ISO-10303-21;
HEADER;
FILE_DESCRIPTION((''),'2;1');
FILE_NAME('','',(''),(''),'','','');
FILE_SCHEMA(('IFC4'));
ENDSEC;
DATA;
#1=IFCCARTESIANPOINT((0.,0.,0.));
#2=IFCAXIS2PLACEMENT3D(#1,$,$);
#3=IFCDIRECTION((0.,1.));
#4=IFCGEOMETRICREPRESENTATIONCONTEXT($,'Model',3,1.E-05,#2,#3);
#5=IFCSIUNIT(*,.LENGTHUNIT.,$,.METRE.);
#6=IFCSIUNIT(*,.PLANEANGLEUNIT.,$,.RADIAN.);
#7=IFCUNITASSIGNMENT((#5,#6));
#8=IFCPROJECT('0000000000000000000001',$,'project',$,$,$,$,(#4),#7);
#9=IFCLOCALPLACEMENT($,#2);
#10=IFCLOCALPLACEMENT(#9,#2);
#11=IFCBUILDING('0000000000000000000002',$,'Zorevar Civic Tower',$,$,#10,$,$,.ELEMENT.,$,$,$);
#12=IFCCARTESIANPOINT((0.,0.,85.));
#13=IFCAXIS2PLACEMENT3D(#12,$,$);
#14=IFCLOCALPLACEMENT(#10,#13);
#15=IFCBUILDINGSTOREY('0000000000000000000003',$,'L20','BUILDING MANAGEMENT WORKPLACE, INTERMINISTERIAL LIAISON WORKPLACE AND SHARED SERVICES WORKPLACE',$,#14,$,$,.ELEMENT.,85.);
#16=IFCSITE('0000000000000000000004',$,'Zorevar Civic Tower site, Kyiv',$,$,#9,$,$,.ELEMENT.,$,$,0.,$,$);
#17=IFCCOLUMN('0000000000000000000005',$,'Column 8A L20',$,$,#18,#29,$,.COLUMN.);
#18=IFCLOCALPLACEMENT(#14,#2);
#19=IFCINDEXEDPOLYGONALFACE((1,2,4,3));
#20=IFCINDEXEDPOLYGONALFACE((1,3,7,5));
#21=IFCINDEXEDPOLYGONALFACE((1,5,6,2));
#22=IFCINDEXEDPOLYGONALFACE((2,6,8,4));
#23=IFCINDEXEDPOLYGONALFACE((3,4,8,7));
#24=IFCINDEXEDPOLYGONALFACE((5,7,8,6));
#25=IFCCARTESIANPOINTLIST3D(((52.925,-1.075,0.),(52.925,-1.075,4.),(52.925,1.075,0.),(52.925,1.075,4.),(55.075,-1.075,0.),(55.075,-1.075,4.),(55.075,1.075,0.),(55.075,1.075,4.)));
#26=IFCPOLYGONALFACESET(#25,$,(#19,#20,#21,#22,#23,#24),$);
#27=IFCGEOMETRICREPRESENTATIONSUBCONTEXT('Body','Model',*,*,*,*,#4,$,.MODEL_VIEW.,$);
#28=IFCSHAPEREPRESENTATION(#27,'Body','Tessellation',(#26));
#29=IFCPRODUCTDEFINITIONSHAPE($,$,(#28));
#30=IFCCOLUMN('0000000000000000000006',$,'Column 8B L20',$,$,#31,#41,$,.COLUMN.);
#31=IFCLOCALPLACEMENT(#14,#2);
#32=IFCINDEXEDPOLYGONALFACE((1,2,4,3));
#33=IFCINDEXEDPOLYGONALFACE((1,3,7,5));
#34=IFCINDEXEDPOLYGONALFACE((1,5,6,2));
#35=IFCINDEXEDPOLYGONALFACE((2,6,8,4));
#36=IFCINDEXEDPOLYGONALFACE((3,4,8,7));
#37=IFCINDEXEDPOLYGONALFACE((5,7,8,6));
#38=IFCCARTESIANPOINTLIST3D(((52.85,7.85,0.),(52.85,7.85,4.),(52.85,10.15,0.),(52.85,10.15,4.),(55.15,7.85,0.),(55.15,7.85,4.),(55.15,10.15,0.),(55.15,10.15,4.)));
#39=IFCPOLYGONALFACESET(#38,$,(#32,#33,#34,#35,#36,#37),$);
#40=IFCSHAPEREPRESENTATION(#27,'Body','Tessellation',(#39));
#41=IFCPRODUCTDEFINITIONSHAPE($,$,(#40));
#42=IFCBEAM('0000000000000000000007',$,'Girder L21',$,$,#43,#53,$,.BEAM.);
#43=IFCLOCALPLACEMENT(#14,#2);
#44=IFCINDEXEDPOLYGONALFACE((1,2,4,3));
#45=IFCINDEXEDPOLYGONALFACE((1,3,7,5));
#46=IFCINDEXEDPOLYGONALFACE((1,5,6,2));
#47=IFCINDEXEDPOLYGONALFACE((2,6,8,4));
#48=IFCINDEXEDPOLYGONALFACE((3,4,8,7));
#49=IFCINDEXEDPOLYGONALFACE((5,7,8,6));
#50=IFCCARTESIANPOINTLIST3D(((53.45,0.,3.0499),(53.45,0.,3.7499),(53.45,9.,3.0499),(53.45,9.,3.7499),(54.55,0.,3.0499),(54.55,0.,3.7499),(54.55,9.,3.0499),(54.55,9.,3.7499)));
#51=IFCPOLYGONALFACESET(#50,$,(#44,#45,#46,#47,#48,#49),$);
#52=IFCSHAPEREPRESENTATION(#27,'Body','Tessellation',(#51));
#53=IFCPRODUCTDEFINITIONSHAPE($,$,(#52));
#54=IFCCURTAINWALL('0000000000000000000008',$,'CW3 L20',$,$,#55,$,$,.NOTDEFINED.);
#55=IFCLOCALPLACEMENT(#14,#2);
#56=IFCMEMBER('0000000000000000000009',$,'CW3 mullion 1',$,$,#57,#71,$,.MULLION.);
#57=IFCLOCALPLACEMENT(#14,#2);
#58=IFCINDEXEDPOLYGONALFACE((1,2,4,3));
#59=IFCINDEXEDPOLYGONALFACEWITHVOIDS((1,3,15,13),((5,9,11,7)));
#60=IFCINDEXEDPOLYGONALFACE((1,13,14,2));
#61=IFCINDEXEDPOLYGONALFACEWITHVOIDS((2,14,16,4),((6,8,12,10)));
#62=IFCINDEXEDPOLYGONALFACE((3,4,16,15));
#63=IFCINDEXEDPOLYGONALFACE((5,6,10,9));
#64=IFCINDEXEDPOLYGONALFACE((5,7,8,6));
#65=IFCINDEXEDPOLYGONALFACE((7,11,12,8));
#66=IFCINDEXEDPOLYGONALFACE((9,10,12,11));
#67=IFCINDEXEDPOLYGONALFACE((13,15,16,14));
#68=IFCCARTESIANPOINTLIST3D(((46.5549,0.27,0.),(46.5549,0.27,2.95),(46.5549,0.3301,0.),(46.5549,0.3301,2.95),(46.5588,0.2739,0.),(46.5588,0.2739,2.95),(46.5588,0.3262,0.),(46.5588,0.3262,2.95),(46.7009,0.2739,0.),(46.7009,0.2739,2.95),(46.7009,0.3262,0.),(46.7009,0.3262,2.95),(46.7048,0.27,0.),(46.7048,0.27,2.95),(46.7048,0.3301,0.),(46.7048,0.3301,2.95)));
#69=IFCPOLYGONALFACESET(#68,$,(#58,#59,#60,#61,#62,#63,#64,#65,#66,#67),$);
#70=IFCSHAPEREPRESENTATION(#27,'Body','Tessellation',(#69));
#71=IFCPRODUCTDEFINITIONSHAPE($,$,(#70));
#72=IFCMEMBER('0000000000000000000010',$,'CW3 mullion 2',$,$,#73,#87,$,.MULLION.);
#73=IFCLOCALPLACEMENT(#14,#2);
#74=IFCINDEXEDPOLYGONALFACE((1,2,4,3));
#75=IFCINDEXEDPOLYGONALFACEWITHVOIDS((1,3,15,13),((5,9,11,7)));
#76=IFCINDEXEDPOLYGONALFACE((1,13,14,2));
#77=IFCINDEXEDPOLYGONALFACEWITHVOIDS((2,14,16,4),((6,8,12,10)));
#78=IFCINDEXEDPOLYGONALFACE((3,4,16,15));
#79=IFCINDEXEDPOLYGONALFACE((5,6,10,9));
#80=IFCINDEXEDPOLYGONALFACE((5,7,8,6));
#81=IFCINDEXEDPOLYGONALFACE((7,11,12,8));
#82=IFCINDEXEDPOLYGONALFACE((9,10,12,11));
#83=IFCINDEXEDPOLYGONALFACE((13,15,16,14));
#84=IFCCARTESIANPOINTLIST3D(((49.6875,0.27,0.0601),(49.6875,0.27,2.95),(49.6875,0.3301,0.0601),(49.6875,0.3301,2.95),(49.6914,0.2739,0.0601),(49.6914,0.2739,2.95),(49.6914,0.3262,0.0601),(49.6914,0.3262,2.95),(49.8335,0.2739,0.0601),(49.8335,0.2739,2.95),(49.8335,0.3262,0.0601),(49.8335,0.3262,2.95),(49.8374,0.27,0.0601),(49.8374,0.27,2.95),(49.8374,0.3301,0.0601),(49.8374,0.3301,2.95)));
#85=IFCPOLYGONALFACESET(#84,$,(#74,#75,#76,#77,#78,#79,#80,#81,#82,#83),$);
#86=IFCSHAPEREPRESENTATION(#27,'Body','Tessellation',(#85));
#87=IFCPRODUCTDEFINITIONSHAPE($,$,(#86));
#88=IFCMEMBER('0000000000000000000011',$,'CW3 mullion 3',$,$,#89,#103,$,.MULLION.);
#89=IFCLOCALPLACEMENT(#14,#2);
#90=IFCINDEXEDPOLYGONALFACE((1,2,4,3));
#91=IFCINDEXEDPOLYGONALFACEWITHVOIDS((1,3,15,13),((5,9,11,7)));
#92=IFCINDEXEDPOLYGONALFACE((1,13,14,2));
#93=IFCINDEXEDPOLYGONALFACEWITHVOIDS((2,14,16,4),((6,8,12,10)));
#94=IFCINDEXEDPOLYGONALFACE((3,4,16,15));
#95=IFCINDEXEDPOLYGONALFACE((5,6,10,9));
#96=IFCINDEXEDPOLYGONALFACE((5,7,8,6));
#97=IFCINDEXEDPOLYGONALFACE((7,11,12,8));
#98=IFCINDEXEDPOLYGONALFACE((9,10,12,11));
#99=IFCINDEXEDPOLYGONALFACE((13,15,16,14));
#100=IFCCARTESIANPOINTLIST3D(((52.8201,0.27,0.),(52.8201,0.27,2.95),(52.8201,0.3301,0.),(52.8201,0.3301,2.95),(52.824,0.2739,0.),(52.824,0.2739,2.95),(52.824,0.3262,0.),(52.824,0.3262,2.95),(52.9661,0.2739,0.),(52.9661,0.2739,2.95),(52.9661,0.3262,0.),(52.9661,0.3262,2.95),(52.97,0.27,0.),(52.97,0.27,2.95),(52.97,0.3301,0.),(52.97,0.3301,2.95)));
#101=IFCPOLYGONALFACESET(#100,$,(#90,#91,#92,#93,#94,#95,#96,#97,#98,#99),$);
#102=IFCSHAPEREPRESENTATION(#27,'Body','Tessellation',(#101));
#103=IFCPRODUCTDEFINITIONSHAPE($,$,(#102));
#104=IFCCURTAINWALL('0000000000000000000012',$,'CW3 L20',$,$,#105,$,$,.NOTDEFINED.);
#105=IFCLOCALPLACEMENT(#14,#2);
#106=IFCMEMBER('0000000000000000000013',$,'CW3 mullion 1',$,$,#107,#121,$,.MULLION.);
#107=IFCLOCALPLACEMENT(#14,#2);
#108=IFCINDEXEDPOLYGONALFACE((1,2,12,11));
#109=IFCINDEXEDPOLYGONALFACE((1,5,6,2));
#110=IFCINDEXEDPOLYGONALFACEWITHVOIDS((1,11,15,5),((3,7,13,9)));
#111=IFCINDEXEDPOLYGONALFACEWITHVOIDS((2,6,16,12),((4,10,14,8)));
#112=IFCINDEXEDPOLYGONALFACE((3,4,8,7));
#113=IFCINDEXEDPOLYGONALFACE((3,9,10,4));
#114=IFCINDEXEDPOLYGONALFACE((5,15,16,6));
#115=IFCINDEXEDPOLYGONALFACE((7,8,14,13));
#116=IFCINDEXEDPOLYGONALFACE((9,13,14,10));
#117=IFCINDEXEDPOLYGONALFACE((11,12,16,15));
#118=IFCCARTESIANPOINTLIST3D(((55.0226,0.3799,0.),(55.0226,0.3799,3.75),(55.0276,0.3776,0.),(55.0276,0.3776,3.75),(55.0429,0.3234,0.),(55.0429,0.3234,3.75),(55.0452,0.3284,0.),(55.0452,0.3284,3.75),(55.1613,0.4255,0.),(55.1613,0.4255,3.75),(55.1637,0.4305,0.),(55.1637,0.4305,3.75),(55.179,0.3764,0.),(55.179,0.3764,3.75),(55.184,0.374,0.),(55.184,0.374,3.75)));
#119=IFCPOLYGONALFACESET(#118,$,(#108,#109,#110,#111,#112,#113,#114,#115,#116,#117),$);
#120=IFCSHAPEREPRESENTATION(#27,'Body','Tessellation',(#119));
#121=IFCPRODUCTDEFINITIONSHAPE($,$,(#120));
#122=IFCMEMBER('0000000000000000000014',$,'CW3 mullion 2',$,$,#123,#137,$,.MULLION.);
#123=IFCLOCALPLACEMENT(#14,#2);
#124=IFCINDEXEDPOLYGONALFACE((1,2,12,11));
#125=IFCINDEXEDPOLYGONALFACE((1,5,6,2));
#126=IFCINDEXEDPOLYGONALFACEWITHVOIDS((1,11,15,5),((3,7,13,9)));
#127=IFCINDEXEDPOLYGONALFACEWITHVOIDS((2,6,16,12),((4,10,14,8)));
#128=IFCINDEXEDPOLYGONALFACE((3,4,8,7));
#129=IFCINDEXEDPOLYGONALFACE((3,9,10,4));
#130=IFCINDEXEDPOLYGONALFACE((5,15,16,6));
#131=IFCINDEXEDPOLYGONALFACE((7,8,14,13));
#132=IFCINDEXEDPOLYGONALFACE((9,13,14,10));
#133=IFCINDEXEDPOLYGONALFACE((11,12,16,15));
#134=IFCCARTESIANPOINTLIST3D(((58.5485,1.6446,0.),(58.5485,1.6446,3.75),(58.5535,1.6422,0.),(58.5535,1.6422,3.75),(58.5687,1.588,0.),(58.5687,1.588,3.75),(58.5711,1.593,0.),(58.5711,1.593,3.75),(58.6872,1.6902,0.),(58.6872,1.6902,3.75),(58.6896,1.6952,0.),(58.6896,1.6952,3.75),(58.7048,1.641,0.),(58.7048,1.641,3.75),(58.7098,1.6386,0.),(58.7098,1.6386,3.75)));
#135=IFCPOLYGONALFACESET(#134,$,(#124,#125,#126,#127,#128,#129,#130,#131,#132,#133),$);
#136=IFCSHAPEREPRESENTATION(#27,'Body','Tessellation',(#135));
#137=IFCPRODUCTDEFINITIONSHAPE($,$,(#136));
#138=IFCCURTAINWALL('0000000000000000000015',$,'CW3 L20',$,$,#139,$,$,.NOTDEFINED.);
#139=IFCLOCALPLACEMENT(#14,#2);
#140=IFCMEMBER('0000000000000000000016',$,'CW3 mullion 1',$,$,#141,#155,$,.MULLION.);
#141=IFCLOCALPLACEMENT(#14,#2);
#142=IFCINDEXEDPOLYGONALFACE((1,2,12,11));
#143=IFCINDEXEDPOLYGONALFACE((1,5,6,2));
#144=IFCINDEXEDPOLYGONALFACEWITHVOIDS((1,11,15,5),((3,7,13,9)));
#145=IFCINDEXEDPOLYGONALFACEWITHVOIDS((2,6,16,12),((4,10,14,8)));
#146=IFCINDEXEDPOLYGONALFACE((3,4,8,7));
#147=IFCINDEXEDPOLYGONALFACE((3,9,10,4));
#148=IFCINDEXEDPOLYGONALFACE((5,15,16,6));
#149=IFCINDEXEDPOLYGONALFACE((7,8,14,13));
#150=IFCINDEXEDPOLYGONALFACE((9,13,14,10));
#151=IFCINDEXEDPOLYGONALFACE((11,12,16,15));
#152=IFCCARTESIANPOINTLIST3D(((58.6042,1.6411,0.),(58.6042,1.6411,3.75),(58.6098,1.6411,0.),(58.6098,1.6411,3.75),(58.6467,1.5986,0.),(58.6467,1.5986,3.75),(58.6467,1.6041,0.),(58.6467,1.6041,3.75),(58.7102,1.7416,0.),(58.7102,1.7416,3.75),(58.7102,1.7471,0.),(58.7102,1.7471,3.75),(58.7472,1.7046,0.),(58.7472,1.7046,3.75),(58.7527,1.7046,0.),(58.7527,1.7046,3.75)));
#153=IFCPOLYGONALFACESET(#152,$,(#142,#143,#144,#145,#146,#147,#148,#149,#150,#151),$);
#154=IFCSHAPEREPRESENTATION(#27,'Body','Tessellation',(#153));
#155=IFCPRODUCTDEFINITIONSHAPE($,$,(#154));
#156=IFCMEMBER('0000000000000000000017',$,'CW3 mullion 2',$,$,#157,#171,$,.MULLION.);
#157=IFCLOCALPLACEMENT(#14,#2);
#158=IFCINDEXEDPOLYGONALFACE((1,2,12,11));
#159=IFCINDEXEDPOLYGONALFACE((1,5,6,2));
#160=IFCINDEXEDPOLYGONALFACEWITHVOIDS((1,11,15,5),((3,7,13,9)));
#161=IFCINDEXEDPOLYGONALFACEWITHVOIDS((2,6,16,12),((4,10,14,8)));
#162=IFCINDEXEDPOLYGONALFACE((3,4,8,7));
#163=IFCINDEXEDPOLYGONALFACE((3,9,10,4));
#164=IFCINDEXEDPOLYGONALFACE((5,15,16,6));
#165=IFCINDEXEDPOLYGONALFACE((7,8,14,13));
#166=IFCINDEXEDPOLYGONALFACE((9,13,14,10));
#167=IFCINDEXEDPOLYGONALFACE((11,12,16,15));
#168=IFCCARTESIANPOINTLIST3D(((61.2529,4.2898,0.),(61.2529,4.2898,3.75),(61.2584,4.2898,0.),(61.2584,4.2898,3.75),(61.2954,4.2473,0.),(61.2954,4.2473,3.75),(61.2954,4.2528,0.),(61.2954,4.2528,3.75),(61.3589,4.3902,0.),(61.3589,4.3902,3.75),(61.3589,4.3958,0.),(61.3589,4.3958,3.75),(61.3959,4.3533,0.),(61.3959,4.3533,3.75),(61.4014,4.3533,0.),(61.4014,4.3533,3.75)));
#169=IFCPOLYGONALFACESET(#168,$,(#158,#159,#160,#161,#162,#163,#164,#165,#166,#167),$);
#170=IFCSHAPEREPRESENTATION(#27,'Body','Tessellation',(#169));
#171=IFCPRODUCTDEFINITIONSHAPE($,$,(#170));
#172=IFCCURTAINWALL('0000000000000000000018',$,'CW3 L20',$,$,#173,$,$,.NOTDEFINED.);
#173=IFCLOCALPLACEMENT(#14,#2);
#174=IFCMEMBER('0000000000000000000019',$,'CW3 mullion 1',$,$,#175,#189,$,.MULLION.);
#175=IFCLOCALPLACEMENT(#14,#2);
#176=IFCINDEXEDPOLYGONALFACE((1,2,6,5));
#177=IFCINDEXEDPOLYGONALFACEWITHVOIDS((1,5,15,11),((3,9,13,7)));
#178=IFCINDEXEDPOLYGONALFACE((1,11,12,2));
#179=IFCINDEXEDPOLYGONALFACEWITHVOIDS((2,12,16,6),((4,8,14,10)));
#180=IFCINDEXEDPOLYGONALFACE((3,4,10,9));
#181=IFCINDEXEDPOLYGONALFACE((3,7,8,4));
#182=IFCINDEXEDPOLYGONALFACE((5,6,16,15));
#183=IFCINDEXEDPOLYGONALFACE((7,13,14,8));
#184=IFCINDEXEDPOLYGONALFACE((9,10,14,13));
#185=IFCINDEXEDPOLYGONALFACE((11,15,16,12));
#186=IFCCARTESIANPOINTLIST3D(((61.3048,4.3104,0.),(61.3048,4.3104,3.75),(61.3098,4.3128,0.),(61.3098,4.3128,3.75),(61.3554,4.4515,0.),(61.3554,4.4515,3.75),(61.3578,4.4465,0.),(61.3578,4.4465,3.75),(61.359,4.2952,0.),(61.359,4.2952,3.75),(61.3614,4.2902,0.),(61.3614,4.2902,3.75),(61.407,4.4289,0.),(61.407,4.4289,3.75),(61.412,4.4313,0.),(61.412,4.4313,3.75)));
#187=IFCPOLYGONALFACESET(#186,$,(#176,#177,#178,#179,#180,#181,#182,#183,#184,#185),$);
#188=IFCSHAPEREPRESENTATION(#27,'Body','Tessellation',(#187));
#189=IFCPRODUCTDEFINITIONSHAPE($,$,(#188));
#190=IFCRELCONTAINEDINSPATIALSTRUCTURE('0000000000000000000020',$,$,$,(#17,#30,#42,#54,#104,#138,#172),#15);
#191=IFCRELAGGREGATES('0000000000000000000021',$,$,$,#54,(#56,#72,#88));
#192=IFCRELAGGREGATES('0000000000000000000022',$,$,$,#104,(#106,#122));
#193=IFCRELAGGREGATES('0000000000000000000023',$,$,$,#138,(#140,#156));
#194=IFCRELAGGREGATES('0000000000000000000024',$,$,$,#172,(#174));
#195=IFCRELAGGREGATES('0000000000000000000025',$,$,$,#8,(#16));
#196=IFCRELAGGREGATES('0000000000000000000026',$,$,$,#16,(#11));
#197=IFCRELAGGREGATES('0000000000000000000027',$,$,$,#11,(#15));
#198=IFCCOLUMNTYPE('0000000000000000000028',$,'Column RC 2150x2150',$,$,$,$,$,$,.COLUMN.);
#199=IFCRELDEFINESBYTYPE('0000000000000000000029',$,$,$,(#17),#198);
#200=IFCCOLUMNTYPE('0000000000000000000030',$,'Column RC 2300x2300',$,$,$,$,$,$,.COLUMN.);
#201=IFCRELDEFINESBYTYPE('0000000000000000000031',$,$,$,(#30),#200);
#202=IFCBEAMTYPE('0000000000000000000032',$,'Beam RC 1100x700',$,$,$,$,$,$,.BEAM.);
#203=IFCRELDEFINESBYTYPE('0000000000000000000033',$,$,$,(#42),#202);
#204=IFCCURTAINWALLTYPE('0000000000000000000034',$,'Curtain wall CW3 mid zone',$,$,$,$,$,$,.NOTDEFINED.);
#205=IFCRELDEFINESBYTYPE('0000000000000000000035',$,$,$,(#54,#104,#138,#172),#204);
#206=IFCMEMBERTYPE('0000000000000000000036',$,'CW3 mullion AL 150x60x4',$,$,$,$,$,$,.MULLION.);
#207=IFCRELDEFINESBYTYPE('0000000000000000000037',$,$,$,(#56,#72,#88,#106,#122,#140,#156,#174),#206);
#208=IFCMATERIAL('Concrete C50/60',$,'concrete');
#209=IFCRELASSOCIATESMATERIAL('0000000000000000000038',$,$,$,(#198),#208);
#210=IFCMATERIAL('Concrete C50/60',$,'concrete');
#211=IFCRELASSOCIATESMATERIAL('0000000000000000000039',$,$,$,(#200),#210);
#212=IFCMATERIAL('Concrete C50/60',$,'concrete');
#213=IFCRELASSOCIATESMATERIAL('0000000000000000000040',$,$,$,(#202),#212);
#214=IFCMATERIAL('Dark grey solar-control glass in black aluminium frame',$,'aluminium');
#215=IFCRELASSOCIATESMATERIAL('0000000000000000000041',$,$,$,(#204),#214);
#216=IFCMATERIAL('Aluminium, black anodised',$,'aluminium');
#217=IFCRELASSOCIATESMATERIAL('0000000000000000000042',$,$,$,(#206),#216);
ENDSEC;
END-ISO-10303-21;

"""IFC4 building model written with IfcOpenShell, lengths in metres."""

from ifc_helpers import new_model, si_unit, direction, frame, origin, origin_2d, place, context, subcontext, project, spatial, rectangle, hollow_rectangle, extrude, material, material_profile, profile_set, type_object, element, aggregate, save


model = new_model("IFC4")

# Units and contexts
model_context = context("Model", 3, precision=1e-05, world=origin(), true_north=direction((0.0, 1.0)))
body_context = subcontext(model_context, "Body", "Model", "MODEL_VIEW")
ifc_project = project(units=[si_unit("LENGTHUNIT", "METRE"), si_unit("PLANEANGLEUNIT", "RADIAN")], contexts=[model_context])

# Site, building, storey
site_placement = place(None, origin())
site = spatial("IfcSite", under=ifc_project, at=site_placement, Name="Zorevar Civic Tower site, Kyiv", CompositionType="ELEMENT", RefElevation=0.0)
building_placement = place(site_placement, origin())
building = spatial("IfcBuilding", under=site, at=building_placement, Name="Zorevar Civic Tower", CompositionType="ELEMENT")
storey_placement = place(building_placement, frame((0.0, 0.0, 85.0)))
storey = spatial("IfcBuildingStorey", under=building, at=storey_placement, Name="L20", Description="BUILDING MANAGEMENT WORKPLACE, INTERMINISTERIAL LIAISON WORKPLACE AND SHARED SERVICES WORKPLACE", CompositionType="ELEMENT", Elevation=85.0)

# Columns
ifc_material_1 = material(Name="Concrete C50/60", Category="concrete")
ifc_material_profile_1 = material_profile(ifc_material_1, rectangle(XDim=2.1499, YDim=2.1499, at=origin_2d()), Name="RC 2150x2150")
ifc_profile_set_1 = profile_set([ifc_material_profile_1], Name="Concrete C50/60")
column_type_1 = type_object("IfcColumnType", Name="Column RC 2150x2150", PredefinedType="COLUMN", material=ifc_profile_set_1)
column_1_placement = place(storey_placement, frame((54.0, 0.0, 0.0), z_axis=(0.0, 0.0, 1.0), x_axis=(1.0, 0.0, 0.0)))
element("IfcColumn", 1, at=column_1_placement, inside=storey, type_object=column_type_1, Name="Column 8A L20", PredefinedType="COLUMN", context=body_context, shape_type="SweptSolid", body=[
    extrude(rectangle(XDim=2.1499, YDim=2.1499, at=origin_2d()), origin(), (0.0, 0.0, 1.0), 4.0),
])
ifc_material_2 = material(Name="Concrete C50/60", Category="concrete")
ifc_material_profile_2 = material_profile(ifc_material_2, rectangle(XDim=2.3, YDim=2.3, at=origin_2d()), Name="RC 2300x2300")
ifc_profile_set_2 = profile_set([ifc_material_profile_2], Name="Concrete C50/60")
column_type_2 = type_object("IfcColumnType", Name="Column RC 2300x2300", PredefinedType="COLUMN", material=ifc_profile_set_2)
column_2_placement = place(storey_placement, frame((54.0, 9.0, 0.0), z_axis=(0.0, 0.0, 1.0), x_axis=(1.0, 0.0, 0.0)))
element("IfcColumn", 2, at=column_2_placement, inside=storey, type_object=column_type_2, Name="Column 8B L20", PredefinedType="COLUMN", context=body_context, shape_type="SweptSolid", body=[
    extrude(rectangle(XDim=2.3, YDim=2.3, at=origin_2d()), origin(), (0.0, 0.0, 1.0), 4.0),
])

# Beam
ifc_material_3 = material(Name="Concrete C50/60", Category="concrete")
ifc_material_profile_3 = material_profile(ifc_material_3, rectangle(XDim=1.1001, YDim=0.7, at=origin_2d()), Name="RC 1100x700")
ifc_profile_set_3 = profile_set([ifc_material_profile_3], Name="Concrete C50/60")
beam_type_1 = type_object("IfcBeamType", Name="Beam RC 1100x700", PredefinedType="BEAM", material=ifc_profile_set_3)
beam_1_placement = place(storey_placement, frame((54.0, 0.0, 3.3999), z_axis=(0.0, 1.0, 0.0), x_axis=(-1.0, 0.0, 0.0)))
element("IfcBeam", 3, at=beam_1_placement, inside=storey, type_object=beam_type_1, Name="Girder L21", PredefinedType="BEAM", context=body_context, shape_type="SweptSolid", body=[
    extrude(rectangle(XDim=1.1001, YDim=0.7, at=origin_2d()), origin(), (0.0, 0.0, 1.0), 9.0),
])

# Curtain walls, members
ifc_material_4 = material(Name="Dark grey solar-control glass in black aluminium frame", Category="aluminium")
curtain_wall_type = type_object("IfcCurtainWallType", Name="Curtain wall CW3 mid zone", PredefinedType="NOTDEFINED", material=ifc_material_4)
curtain_wall_1_placement = place(storey_placement, origin())
curtain_wall_1 = element("IfcCurtainWall", 4, at=curtain_wall_1_placement, inside=storey, type_object=curtain_wall_type, Name="CW3 L20", PredefinedType="NOTDEFINED")
ifc_material_5 = material(Name="Aluminium, black anodised", Category="aluminium")
ifc_material_profile_4 = material_profile(ifc_material_5, hollow_rectangle(XDim=0.0601, YDim=0.1499, WallThickness=0.0039, at=origin_2d()), Name="AL 150x60x4")
ifc_profile_set_4 = profile_set([ifc_material_profile_4], Name="Aluminium, black anodised")
member_type_1 = type_object("IfcMemberType", Name="CW3 mullion AL 150x60x4", PredefinedType="MULLION", material=ifc_profile_set_4)
member_1_placement = place(storey_placement, frame((46.6299, 0.3, 0.0), z_axis=(0.0, 0.0, 1.0), x_axis=(0.0, 1.0, 0.0)))
member_1 = element("IfcMember", 5, at=member_1_placement, type_object=member_type_1, Name="CW3 mullion 1", PredefinedType="MULLION", context=body_context, shape_type="SweptSolid", body=[
    extrude(hollow_rectangle(XDim=0.0601, YDim=0.1499, WallThickness=0.0039, at=origin_2d()), origin(), (0.0, 0.0, 1.0), 2.95),
])
member_2_placement = place(storey_placement, frame((49.7625, 0.3, 0.0601), z_axis=(0.0, 0.0, 1.0), x_axis=(0.0, 1.0, 0.0)))
member_2 = element("IfcMember", 6, at=member_2_placement, type_object=member_type_1, Name="CW3 mullion 2", PredefinedType="MULLION", context=body_context, shape_type="SweptSolid", body=[
    extrude(hollow_rectangle(XDim=0.0601, YDim=0.1499, WallThickness=0.0039, at=origin_2d()), origin(), (0.0, 0.0, 1.0), 2.8899),
])
member_3_placement = place(storey_placement, frame((52.895, 0.3, 0.0), z_axis=(0.0, 0.0, 1.0), x_axis=(0.0, 1.0, 0.0)))
member_3 = element("IfcMember", 7, at=member_3_placement, type_object=member_type_1, Name="CW3 mullion 3", PredefinedType="MULLION", context=body_context, shape_type="SweptSolid", body=[
    extrude(hollow_rectangle(XDim=0.0601, YDim=0.1499, WallThickness=0.0039, at=origin_2d()), origin(), (0.0, 0.0, 1.0), 2.95),
])
curtain_wall_2_placement = place(storey_placement, origin())
curtain_wall_2 = element("IfcCurtainWall", 8, at=curtain_wall_2_placement, inside=storey, type_object=curtain_wall_type, Name="CW3 L20", PredefinedType="NOTDEFINED")
member_4_placement = place(storey_placement, frame((55.1033, 0.377, 0.0), z_axis=(0.0, 0.0, 1.0), x_axis=(-0.337623, 0.941282, 0.0)))
member_4 = element("IfcMember", 9, at=member_4_placement, type_object=member_type_1, Name="CW3 mullion 1", PredefinedType="MULLION", context=body_context, shape_type="SweptSolid", body=[
    extrude(hollow_rectangle(XDim=0.0601, YDim=0.1499, WallThickness=0.0039, at=origin_2d()), origin(), (0.0, 0.0, 1.0), 3.75),
])
member_5_placement = place(storey_placement, frame((58.6292, 1.6416, 0.0), z_axis=(0.0, 0.0, 1.0), x_axis=(-0.337623, 0.941282, 0.0)))
member_5 = element("IfcMember", 10, at=member_5_placement, type_object=member_type_1, Name="CW3 mullion 2", PredefinedType="MULLION", context=body_context, shape_type="SweptSolid", body=[
    extrude(hollow_rectangle(XDim=0.0601, YDim=0.1499, WallThickness=0.0039, at=origin_2d()), origin(), (0.0, 0.0, 1.0), 3.75),
])
curtain_wall_3_placement = place(storey_placement, origin())
curtain_wall_3 = element("IfcCurtainWall", 11, at=curtain_wall_3_placement, inside=storey, type_object=curtain_wall_type, Name="CW3 L20", PredefinedType="NOTDEFINED")
member_6_placement = place(storey_placement, frame((58.6785, 1.6729, 0.0), z_axis=(0.0, 0.0, 1.0), x_axis=(-0.707107, 0.707107, 0.0)))
member_6 = element("IfcMember", 12, at=member_6_placement, type_object=member_type_1, Name="CW3 mullion 1", PredefinedType="MULLION", context=body_context, shape_type="SweptSolid", body=[
    extrude(hollow_rectangle(XDim=0.0601, YDim=0.1499, WallThickness=0.0039, at=origin_2d()), origin(), (0.0, 0.0, 1.0), 3.75),
])
member_7_placement = place(storey_placement, frame((61.3271, 4.3215, 0.0), z_axis=(0.0, 0.0, 1.0), x_axis=(-0.707107, 0.707107, 0.0)))
member_7 = element("IfcMember", 13, at=member_7_placement, type_object=member_type_1, Name="CW3 mullion 2", PredefinedType="MULLION", context=body_context, shape_type="SweptSolid", body=[
    extrude(hollow_rectangle(XDim=0.0601, YDim=0.1499, WallThickness=0.0039, at=origin_2d()), origin(), (0.0, 0.0, 1.0), 3.75),
])
curtain_wall_4_placement = place(storey_placement, origin())
curtain_wall_4 = element("IfcCurtainWall", 14, at=curtain_wall_4_placement, inside=storey, type_object=curtain_wall_type, Name="CW3 L20", PredefinedType="NOTDEFINED")
member_8_placement = place(storey_placement, frame((61.3584, 4.3708, 0.0), z_axis=(0.0, 0.0, 1.0), x_axis=(-0.941282, 0.337623, 0.0)))
member_8 = element("IfcMember", 15, at=member_8_placement, type_object=member_type_1, Name="CW3 mullion 1", PredefinedType="MULLION", context=body_context, shape_type="SweptSolid", body=[
    extrude(hollow_rectangle(XDim=0.0601, YDim=0.1499, WallThickness=0.0039, at=origin_2d()), origin(), (0.0, 0.0, 1.0), 3.75),
])

aggregate(curtain_wall_1, [member_1, member_2, member_3])
aggregate(curtain_wall_2, [member_4, member_5])
aggregate(curtain_wall_3, [member_6, member_7])
aggregate(curtain_wall_4, [member_8])

save(model, "model.ifc")
